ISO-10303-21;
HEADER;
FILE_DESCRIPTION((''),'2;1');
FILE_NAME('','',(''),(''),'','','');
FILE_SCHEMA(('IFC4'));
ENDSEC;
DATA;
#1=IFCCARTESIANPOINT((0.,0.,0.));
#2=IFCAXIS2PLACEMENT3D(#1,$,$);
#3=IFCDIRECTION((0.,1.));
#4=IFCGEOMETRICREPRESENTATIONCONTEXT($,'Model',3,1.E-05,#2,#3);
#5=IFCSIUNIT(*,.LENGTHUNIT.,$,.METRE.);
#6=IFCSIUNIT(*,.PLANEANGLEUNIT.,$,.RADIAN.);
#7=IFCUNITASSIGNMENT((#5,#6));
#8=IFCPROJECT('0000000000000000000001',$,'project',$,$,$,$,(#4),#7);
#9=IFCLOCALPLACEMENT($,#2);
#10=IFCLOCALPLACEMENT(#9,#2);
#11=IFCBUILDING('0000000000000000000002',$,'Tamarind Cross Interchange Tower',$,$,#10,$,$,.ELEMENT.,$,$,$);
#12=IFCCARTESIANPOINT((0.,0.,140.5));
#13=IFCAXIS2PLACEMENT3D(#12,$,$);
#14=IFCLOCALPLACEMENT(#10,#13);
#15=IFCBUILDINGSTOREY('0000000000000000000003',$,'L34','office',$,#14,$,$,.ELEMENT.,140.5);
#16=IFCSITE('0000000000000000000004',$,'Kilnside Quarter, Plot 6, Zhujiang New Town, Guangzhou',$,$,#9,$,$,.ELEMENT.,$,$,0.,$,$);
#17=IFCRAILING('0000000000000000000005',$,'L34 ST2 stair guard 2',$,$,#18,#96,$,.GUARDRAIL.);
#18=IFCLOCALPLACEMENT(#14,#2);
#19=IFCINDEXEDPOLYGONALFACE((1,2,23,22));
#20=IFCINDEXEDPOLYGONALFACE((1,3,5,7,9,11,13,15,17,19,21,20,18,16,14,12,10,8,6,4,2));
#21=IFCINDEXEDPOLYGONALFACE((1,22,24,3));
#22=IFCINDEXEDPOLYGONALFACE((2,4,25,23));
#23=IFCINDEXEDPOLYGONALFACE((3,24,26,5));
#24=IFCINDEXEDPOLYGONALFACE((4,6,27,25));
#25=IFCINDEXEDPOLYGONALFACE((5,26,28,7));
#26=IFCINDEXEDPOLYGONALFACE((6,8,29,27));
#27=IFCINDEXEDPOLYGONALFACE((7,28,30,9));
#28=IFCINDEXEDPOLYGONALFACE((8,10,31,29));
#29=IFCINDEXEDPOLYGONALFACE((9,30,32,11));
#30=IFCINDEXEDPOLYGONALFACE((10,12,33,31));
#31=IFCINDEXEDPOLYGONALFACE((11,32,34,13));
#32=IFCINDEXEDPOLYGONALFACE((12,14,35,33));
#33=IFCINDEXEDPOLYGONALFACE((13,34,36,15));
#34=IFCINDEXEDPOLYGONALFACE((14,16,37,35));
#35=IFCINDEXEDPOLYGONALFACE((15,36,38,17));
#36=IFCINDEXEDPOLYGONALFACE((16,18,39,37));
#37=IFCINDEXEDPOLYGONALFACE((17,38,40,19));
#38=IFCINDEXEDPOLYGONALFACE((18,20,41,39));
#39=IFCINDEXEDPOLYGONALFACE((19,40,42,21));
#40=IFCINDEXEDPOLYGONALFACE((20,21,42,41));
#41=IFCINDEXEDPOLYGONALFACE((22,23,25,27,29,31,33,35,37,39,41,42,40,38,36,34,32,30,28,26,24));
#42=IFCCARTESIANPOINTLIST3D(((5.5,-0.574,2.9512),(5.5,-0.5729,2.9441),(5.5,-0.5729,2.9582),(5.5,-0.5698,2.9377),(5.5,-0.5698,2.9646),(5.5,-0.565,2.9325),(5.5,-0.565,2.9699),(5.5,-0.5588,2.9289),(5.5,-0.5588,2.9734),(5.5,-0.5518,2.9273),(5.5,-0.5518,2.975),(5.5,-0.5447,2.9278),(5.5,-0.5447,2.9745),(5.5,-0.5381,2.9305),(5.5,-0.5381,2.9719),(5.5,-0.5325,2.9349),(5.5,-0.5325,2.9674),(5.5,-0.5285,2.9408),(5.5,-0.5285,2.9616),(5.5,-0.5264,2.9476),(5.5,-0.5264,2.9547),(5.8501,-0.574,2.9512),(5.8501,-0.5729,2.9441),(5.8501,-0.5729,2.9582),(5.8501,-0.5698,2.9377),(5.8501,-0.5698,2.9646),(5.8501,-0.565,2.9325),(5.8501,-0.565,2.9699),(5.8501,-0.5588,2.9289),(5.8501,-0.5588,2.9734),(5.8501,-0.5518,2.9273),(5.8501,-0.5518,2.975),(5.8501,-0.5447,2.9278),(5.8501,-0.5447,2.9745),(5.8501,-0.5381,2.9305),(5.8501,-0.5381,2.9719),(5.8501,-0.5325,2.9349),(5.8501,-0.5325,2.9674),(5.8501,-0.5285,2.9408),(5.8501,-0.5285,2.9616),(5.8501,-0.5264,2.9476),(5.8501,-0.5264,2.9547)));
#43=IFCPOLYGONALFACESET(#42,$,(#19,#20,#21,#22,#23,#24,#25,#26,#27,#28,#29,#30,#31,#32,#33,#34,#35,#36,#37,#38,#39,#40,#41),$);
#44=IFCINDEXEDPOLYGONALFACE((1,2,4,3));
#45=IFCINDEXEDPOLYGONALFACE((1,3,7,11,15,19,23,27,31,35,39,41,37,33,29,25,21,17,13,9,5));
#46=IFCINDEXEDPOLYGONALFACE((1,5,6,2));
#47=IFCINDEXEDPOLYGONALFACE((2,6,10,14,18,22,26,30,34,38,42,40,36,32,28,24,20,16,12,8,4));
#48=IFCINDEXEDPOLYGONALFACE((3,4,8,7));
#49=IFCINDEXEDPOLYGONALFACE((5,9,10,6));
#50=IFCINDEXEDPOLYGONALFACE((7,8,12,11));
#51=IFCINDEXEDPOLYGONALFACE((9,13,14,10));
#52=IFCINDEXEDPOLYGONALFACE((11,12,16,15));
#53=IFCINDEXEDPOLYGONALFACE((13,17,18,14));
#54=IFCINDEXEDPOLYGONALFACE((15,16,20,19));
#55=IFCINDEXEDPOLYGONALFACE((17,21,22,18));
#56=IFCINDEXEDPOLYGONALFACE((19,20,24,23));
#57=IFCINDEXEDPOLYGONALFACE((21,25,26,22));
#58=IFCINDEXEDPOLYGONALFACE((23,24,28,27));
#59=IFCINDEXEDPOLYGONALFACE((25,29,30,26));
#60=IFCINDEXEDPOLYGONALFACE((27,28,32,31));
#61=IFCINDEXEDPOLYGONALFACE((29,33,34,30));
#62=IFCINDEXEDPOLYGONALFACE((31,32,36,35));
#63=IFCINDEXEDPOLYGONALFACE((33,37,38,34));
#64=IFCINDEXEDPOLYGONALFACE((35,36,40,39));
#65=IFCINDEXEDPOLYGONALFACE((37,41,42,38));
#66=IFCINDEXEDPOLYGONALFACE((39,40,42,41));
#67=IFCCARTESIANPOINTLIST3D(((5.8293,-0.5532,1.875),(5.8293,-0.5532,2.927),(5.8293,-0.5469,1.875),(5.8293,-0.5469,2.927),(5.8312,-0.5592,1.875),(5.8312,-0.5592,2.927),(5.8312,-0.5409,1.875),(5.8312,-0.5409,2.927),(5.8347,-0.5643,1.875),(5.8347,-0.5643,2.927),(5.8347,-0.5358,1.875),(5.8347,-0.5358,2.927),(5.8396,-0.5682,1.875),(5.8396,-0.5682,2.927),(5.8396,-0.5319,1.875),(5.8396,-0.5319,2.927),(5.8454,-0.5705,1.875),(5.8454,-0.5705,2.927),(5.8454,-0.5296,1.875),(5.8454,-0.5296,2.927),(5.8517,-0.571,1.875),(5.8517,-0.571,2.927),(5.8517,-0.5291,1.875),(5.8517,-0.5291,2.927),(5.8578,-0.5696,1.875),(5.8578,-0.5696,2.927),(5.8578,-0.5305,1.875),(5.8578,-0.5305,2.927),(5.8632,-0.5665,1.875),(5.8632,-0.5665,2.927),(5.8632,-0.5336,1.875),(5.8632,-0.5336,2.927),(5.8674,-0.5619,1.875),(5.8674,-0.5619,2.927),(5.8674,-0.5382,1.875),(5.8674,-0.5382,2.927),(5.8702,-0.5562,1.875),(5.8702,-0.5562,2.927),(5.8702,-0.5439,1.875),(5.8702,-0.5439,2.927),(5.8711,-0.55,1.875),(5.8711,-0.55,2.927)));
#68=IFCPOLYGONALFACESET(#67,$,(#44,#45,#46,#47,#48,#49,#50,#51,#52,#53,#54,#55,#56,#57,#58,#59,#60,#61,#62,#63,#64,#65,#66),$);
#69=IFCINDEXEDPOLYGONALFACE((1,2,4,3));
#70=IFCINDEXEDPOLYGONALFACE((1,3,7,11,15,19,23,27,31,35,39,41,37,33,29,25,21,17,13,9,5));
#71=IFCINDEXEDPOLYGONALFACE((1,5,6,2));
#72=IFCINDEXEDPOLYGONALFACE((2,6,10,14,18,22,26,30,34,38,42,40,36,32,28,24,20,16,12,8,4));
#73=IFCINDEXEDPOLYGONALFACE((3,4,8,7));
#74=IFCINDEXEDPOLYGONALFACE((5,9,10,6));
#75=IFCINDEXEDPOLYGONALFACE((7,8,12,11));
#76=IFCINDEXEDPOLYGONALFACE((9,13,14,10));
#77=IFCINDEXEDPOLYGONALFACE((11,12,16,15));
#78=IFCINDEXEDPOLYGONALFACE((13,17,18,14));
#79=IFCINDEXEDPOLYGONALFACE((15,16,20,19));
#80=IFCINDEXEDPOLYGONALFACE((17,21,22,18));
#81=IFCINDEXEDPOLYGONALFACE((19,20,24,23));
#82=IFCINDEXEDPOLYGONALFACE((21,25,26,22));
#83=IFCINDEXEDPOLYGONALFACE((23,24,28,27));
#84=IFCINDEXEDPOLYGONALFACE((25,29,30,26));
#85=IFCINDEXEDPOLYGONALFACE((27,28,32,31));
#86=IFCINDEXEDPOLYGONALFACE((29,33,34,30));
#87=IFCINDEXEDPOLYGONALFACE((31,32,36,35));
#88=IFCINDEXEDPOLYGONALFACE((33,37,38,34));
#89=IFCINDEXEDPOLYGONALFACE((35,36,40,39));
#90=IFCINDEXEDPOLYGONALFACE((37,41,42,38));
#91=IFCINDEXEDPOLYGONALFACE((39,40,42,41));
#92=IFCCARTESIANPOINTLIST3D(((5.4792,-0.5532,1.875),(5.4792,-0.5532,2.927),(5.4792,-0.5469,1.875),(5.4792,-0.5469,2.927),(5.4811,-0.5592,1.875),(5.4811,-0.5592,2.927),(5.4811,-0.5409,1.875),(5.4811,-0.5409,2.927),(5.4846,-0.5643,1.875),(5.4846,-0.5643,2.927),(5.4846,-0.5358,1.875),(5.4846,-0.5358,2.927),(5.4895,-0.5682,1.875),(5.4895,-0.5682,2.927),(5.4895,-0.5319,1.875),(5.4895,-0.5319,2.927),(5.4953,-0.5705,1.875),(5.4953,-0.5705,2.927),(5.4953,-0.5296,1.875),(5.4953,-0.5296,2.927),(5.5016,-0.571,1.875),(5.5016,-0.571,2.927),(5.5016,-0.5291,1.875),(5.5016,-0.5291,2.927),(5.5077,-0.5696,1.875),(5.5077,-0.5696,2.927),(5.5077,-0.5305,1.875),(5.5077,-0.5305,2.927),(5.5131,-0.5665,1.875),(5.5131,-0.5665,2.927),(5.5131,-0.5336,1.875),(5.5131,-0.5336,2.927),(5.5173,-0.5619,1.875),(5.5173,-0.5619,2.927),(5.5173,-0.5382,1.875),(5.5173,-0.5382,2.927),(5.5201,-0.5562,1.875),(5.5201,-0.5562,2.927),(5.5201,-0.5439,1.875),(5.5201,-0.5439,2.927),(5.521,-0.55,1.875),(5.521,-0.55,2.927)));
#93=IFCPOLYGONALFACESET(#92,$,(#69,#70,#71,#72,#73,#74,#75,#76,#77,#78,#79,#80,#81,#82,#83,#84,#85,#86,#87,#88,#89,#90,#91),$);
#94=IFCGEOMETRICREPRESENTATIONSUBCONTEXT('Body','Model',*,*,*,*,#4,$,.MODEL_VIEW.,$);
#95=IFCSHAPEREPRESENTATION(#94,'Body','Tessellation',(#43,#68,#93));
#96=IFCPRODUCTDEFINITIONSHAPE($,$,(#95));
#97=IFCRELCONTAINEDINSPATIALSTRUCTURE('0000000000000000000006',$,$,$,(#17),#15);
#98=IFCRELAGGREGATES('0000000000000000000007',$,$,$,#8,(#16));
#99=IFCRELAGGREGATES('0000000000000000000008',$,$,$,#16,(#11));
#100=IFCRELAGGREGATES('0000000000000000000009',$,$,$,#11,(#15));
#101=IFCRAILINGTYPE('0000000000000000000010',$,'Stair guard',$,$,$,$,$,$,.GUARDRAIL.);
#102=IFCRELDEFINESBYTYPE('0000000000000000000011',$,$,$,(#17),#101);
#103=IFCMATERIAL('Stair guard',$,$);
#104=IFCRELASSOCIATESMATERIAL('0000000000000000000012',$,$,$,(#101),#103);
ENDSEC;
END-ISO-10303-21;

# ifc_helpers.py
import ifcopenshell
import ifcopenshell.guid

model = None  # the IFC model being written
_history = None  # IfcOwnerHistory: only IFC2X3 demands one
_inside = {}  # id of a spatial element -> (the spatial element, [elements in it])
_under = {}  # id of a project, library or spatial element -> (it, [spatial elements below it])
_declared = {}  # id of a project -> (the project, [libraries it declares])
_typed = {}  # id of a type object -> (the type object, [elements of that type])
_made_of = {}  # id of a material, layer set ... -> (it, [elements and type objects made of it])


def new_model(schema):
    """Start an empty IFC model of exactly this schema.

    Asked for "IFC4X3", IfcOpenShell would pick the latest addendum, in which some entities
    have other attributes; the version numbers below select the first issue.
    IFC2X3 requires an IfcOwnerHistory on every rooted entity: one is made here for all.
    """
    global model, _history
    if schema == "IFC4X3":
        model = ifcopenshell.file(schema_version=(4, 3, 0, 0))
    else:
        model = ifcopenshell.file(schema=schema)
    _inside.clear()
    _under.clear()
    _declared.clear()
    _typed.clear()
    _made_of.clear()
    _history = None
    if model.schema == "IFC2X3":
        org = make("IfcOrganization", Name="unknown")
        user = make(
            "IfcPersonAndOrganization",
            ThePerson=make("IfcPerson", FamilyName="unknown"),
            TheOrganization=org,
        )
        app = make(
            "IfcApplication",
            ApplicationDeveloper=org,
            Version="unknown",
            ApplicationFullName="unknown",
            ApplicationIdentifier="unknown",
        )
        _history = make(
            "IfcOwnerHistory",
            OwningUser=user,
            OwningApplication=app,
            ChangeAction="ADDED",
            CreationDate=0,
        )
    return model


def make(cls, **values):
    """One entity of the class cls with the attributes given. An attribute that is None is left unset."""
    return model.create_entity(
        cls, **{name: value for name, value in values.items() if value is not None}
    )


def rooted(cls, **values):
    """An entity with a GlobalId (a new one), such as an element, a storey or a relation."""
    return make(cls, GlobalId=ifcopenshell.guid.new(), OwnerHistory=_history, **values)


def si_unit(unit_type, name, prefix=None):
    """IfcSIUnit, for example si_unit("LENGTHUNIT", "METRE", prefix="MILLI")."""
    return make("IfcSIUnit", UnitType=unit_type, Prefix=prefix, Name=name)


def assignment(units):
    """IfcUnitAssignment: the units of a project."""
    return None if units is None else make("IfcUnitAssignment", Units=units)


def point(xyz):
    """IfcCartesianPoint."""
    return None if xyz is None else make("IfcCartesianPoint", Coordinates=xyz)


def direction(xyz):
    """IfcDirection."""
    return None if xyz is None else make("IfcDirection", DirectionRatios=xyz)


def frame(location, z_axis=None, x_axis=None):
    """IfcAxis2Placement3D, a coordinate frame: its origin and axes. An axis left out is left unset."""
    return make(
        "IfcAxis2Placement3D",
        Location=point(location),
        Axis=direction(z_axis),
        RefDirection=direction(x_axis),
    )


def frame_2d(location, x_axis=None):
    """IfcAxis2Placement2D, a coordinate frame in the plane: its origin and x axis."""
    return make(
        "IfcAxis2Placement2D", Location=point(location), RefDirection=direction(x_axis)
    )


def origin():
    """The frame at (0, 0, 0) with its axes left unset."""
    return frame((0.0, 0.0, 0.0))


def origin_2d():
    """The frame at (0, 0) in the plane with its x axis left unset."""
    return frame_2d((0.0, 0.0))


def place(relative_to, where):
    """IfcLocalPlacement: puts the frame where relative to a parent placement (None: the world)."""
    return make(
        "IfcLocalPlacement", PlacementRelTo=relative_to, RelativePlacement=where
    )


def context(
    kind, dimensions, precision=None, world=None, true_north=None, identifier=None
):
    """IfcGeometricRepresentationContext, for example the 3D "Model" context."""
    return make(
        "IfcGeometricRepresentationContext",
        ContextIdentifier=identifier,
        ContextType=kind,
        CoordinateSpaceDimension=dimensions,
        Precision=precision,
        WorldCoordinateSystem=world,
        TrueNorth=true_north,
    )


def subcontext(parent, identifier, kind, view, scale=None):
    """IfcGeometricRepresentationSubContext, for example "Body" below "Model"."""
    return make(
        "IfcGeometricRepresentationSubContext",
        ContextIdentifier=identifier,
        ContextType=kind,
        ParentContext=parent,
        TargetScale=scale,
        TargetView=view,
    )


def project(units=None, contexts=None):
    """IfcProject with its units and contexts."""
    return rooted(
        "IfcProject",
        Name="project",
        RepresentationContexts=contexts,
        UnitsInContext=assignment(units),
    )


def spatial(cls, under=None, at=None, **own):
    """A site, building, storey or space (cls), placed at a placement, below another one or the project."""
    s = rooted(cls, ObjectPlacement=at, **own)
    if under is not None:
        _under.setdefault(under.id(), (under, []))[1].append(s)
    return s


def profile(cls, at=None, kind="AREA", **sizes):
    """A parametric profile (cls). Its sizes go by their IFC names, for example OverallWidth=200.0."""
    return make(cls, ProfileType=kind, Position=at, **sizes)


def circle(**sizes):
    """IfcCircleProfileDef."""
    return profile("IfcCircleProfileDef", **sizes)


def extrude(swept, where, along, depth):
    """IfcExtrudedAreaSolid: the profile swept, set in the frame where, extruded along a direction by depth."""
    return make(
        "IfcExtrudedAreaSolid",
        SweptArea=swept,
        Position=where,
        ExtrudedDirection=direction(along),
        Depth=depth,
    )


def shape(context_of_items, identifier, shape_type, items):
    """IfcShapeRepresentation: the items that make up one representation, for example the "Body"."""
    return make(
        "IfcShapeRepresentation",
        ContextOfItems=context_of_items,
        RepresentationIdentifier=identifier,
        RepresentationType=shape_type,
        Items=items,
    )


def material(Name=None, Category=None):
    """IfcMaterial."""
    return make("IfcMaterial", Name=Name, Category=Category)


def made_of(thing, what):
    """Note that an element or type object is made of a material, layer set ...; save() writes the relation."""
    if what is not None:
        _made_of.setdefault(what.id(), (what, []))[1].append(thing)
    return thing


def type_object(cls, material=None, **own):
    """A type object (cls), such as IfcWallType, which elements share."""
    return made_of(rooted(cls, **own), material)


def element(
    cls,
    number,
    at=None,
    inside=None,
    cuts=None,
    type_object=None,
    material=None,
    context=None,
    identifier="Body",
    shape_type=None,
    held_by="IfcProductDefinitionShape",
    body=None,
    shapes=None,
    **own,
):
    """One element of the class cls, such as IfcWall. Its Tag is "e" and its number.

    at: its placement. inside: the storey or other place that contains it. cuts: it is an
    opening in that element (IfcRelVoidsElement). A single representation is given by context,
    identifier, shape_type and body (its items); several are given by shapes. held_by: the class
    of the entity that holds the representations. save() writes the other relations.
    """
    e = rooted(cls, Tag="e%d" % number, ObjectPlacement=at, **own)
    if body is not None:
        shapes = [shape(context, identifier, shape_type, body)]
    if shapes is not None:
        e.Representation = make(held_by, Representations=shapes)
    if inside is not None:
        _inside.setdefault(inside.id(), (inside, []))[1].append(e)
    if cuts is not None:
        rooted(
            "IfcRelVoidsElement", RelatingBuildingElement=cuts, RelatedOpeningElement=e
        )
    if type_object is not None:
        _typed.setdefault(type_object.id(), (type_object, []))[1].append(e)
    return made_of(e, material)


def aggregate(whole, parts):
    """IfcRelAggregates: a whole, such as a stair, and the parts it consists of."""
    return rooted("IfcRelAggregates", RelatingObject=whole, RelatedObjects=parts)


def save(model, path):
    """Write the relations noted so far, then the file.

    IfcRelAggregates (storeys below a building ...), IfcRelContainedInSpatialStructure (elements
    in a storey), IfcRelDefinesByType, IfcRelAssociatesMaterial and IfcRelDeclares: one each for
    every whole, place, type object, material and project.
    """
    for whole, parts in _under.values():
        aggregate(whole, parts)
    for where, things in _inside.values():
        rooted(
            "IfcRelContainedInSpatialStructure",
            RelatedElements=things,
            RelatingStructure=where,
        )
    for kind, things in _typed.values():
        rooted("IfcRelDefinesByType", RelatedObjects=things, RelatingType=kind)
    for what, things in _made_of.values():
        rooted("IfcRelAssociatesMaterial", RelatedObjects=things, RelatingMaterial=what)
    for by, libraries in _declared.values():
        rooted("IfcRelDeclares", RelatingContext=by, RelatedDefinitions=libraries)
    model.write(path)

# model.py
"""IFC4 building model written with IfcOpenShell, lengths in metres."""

from ifc_helpers import new_model, si_unit, direction, frame, origin, origin_2d, place, context, subcontext, project, spatial, circle, extrude, material, type_object, element, save


model = new_model("IFC4")

# Units and contexts
model_context = context("Model", 3, precision=1e-05, world=origin(), true_north=direction((0.0, 1.0)))
body_context = subcontext(model_context, "Body", "Model", "MODEL_VIEW")
ifc_project = project(units=[si_unit("LENGTHUNIT", "METRE"), si_unit("PLANEANGLEUNIT", "RADIAN")], contexts=[model_context])

# Site, building, storey
site_placement = place(None, origin())
site = spatial("IfcSite", under=ifc_project, at=site_placement, Name="Kilnside Quarter, Plot 6, Zhujiang New Town, Guangzhou", CompositionType="ELEMENT", RefElevation=0.0)
building_placement = place(site_placement, origin())
building = spatial("IfcBuilding", under=site, at=building_placement, Name="Tamarind Cross Interchange Tower", CompositionType="ELEMENT")
storey_placement = place(building_placement, frame((0.0, 0.0, 140.5)))
storey = spatial("IfcBuildingStorey", under=building, at=storey_placement, Name="L34", Description="office", CompositionType="ELEMENT", Elevation=140.5)

# Railing
ifc_material_1 = material(Name="Stair guard")
railing_type_1 = type_object("IfcRailingType", Name="Stair guard", PredefinedType="GUARDRAIL", material=ifc_material_1)
railing_1_placement = place(storey_placement, frame((5.8501, -0.55, 1.875)))
element("IfcRailing", 1, at=railing_1_placement, inside=storey, type_object=railing_type_1, Name="L34 ST2 stair guard 2", PredefinedType="GUARDRAIL", context=body_context, shape_type="SweptSolid", body=[
    extrude(circle(Radius=0.0239, at=origin_2d()), frame((0.0, 0.0, 1.0762), z_axis=(-1.0, 0.0, 0.0), x_axis=(0.0, -1.0, 0.0)), (0.0, 0.0, 1.0), 0.3501),
    extrude(circle(Radius=0.021, at=origin_2d()), origin(), (0.0, 0.0, 1.0), 1.052),
    extrude(circle(Radius=0.021, at=origin_2d()), frame((-0.3501, 0.0, 0.0)), (0.0, 0.0, 1.0), 1.052),
])

save(model, "model.ifc")
